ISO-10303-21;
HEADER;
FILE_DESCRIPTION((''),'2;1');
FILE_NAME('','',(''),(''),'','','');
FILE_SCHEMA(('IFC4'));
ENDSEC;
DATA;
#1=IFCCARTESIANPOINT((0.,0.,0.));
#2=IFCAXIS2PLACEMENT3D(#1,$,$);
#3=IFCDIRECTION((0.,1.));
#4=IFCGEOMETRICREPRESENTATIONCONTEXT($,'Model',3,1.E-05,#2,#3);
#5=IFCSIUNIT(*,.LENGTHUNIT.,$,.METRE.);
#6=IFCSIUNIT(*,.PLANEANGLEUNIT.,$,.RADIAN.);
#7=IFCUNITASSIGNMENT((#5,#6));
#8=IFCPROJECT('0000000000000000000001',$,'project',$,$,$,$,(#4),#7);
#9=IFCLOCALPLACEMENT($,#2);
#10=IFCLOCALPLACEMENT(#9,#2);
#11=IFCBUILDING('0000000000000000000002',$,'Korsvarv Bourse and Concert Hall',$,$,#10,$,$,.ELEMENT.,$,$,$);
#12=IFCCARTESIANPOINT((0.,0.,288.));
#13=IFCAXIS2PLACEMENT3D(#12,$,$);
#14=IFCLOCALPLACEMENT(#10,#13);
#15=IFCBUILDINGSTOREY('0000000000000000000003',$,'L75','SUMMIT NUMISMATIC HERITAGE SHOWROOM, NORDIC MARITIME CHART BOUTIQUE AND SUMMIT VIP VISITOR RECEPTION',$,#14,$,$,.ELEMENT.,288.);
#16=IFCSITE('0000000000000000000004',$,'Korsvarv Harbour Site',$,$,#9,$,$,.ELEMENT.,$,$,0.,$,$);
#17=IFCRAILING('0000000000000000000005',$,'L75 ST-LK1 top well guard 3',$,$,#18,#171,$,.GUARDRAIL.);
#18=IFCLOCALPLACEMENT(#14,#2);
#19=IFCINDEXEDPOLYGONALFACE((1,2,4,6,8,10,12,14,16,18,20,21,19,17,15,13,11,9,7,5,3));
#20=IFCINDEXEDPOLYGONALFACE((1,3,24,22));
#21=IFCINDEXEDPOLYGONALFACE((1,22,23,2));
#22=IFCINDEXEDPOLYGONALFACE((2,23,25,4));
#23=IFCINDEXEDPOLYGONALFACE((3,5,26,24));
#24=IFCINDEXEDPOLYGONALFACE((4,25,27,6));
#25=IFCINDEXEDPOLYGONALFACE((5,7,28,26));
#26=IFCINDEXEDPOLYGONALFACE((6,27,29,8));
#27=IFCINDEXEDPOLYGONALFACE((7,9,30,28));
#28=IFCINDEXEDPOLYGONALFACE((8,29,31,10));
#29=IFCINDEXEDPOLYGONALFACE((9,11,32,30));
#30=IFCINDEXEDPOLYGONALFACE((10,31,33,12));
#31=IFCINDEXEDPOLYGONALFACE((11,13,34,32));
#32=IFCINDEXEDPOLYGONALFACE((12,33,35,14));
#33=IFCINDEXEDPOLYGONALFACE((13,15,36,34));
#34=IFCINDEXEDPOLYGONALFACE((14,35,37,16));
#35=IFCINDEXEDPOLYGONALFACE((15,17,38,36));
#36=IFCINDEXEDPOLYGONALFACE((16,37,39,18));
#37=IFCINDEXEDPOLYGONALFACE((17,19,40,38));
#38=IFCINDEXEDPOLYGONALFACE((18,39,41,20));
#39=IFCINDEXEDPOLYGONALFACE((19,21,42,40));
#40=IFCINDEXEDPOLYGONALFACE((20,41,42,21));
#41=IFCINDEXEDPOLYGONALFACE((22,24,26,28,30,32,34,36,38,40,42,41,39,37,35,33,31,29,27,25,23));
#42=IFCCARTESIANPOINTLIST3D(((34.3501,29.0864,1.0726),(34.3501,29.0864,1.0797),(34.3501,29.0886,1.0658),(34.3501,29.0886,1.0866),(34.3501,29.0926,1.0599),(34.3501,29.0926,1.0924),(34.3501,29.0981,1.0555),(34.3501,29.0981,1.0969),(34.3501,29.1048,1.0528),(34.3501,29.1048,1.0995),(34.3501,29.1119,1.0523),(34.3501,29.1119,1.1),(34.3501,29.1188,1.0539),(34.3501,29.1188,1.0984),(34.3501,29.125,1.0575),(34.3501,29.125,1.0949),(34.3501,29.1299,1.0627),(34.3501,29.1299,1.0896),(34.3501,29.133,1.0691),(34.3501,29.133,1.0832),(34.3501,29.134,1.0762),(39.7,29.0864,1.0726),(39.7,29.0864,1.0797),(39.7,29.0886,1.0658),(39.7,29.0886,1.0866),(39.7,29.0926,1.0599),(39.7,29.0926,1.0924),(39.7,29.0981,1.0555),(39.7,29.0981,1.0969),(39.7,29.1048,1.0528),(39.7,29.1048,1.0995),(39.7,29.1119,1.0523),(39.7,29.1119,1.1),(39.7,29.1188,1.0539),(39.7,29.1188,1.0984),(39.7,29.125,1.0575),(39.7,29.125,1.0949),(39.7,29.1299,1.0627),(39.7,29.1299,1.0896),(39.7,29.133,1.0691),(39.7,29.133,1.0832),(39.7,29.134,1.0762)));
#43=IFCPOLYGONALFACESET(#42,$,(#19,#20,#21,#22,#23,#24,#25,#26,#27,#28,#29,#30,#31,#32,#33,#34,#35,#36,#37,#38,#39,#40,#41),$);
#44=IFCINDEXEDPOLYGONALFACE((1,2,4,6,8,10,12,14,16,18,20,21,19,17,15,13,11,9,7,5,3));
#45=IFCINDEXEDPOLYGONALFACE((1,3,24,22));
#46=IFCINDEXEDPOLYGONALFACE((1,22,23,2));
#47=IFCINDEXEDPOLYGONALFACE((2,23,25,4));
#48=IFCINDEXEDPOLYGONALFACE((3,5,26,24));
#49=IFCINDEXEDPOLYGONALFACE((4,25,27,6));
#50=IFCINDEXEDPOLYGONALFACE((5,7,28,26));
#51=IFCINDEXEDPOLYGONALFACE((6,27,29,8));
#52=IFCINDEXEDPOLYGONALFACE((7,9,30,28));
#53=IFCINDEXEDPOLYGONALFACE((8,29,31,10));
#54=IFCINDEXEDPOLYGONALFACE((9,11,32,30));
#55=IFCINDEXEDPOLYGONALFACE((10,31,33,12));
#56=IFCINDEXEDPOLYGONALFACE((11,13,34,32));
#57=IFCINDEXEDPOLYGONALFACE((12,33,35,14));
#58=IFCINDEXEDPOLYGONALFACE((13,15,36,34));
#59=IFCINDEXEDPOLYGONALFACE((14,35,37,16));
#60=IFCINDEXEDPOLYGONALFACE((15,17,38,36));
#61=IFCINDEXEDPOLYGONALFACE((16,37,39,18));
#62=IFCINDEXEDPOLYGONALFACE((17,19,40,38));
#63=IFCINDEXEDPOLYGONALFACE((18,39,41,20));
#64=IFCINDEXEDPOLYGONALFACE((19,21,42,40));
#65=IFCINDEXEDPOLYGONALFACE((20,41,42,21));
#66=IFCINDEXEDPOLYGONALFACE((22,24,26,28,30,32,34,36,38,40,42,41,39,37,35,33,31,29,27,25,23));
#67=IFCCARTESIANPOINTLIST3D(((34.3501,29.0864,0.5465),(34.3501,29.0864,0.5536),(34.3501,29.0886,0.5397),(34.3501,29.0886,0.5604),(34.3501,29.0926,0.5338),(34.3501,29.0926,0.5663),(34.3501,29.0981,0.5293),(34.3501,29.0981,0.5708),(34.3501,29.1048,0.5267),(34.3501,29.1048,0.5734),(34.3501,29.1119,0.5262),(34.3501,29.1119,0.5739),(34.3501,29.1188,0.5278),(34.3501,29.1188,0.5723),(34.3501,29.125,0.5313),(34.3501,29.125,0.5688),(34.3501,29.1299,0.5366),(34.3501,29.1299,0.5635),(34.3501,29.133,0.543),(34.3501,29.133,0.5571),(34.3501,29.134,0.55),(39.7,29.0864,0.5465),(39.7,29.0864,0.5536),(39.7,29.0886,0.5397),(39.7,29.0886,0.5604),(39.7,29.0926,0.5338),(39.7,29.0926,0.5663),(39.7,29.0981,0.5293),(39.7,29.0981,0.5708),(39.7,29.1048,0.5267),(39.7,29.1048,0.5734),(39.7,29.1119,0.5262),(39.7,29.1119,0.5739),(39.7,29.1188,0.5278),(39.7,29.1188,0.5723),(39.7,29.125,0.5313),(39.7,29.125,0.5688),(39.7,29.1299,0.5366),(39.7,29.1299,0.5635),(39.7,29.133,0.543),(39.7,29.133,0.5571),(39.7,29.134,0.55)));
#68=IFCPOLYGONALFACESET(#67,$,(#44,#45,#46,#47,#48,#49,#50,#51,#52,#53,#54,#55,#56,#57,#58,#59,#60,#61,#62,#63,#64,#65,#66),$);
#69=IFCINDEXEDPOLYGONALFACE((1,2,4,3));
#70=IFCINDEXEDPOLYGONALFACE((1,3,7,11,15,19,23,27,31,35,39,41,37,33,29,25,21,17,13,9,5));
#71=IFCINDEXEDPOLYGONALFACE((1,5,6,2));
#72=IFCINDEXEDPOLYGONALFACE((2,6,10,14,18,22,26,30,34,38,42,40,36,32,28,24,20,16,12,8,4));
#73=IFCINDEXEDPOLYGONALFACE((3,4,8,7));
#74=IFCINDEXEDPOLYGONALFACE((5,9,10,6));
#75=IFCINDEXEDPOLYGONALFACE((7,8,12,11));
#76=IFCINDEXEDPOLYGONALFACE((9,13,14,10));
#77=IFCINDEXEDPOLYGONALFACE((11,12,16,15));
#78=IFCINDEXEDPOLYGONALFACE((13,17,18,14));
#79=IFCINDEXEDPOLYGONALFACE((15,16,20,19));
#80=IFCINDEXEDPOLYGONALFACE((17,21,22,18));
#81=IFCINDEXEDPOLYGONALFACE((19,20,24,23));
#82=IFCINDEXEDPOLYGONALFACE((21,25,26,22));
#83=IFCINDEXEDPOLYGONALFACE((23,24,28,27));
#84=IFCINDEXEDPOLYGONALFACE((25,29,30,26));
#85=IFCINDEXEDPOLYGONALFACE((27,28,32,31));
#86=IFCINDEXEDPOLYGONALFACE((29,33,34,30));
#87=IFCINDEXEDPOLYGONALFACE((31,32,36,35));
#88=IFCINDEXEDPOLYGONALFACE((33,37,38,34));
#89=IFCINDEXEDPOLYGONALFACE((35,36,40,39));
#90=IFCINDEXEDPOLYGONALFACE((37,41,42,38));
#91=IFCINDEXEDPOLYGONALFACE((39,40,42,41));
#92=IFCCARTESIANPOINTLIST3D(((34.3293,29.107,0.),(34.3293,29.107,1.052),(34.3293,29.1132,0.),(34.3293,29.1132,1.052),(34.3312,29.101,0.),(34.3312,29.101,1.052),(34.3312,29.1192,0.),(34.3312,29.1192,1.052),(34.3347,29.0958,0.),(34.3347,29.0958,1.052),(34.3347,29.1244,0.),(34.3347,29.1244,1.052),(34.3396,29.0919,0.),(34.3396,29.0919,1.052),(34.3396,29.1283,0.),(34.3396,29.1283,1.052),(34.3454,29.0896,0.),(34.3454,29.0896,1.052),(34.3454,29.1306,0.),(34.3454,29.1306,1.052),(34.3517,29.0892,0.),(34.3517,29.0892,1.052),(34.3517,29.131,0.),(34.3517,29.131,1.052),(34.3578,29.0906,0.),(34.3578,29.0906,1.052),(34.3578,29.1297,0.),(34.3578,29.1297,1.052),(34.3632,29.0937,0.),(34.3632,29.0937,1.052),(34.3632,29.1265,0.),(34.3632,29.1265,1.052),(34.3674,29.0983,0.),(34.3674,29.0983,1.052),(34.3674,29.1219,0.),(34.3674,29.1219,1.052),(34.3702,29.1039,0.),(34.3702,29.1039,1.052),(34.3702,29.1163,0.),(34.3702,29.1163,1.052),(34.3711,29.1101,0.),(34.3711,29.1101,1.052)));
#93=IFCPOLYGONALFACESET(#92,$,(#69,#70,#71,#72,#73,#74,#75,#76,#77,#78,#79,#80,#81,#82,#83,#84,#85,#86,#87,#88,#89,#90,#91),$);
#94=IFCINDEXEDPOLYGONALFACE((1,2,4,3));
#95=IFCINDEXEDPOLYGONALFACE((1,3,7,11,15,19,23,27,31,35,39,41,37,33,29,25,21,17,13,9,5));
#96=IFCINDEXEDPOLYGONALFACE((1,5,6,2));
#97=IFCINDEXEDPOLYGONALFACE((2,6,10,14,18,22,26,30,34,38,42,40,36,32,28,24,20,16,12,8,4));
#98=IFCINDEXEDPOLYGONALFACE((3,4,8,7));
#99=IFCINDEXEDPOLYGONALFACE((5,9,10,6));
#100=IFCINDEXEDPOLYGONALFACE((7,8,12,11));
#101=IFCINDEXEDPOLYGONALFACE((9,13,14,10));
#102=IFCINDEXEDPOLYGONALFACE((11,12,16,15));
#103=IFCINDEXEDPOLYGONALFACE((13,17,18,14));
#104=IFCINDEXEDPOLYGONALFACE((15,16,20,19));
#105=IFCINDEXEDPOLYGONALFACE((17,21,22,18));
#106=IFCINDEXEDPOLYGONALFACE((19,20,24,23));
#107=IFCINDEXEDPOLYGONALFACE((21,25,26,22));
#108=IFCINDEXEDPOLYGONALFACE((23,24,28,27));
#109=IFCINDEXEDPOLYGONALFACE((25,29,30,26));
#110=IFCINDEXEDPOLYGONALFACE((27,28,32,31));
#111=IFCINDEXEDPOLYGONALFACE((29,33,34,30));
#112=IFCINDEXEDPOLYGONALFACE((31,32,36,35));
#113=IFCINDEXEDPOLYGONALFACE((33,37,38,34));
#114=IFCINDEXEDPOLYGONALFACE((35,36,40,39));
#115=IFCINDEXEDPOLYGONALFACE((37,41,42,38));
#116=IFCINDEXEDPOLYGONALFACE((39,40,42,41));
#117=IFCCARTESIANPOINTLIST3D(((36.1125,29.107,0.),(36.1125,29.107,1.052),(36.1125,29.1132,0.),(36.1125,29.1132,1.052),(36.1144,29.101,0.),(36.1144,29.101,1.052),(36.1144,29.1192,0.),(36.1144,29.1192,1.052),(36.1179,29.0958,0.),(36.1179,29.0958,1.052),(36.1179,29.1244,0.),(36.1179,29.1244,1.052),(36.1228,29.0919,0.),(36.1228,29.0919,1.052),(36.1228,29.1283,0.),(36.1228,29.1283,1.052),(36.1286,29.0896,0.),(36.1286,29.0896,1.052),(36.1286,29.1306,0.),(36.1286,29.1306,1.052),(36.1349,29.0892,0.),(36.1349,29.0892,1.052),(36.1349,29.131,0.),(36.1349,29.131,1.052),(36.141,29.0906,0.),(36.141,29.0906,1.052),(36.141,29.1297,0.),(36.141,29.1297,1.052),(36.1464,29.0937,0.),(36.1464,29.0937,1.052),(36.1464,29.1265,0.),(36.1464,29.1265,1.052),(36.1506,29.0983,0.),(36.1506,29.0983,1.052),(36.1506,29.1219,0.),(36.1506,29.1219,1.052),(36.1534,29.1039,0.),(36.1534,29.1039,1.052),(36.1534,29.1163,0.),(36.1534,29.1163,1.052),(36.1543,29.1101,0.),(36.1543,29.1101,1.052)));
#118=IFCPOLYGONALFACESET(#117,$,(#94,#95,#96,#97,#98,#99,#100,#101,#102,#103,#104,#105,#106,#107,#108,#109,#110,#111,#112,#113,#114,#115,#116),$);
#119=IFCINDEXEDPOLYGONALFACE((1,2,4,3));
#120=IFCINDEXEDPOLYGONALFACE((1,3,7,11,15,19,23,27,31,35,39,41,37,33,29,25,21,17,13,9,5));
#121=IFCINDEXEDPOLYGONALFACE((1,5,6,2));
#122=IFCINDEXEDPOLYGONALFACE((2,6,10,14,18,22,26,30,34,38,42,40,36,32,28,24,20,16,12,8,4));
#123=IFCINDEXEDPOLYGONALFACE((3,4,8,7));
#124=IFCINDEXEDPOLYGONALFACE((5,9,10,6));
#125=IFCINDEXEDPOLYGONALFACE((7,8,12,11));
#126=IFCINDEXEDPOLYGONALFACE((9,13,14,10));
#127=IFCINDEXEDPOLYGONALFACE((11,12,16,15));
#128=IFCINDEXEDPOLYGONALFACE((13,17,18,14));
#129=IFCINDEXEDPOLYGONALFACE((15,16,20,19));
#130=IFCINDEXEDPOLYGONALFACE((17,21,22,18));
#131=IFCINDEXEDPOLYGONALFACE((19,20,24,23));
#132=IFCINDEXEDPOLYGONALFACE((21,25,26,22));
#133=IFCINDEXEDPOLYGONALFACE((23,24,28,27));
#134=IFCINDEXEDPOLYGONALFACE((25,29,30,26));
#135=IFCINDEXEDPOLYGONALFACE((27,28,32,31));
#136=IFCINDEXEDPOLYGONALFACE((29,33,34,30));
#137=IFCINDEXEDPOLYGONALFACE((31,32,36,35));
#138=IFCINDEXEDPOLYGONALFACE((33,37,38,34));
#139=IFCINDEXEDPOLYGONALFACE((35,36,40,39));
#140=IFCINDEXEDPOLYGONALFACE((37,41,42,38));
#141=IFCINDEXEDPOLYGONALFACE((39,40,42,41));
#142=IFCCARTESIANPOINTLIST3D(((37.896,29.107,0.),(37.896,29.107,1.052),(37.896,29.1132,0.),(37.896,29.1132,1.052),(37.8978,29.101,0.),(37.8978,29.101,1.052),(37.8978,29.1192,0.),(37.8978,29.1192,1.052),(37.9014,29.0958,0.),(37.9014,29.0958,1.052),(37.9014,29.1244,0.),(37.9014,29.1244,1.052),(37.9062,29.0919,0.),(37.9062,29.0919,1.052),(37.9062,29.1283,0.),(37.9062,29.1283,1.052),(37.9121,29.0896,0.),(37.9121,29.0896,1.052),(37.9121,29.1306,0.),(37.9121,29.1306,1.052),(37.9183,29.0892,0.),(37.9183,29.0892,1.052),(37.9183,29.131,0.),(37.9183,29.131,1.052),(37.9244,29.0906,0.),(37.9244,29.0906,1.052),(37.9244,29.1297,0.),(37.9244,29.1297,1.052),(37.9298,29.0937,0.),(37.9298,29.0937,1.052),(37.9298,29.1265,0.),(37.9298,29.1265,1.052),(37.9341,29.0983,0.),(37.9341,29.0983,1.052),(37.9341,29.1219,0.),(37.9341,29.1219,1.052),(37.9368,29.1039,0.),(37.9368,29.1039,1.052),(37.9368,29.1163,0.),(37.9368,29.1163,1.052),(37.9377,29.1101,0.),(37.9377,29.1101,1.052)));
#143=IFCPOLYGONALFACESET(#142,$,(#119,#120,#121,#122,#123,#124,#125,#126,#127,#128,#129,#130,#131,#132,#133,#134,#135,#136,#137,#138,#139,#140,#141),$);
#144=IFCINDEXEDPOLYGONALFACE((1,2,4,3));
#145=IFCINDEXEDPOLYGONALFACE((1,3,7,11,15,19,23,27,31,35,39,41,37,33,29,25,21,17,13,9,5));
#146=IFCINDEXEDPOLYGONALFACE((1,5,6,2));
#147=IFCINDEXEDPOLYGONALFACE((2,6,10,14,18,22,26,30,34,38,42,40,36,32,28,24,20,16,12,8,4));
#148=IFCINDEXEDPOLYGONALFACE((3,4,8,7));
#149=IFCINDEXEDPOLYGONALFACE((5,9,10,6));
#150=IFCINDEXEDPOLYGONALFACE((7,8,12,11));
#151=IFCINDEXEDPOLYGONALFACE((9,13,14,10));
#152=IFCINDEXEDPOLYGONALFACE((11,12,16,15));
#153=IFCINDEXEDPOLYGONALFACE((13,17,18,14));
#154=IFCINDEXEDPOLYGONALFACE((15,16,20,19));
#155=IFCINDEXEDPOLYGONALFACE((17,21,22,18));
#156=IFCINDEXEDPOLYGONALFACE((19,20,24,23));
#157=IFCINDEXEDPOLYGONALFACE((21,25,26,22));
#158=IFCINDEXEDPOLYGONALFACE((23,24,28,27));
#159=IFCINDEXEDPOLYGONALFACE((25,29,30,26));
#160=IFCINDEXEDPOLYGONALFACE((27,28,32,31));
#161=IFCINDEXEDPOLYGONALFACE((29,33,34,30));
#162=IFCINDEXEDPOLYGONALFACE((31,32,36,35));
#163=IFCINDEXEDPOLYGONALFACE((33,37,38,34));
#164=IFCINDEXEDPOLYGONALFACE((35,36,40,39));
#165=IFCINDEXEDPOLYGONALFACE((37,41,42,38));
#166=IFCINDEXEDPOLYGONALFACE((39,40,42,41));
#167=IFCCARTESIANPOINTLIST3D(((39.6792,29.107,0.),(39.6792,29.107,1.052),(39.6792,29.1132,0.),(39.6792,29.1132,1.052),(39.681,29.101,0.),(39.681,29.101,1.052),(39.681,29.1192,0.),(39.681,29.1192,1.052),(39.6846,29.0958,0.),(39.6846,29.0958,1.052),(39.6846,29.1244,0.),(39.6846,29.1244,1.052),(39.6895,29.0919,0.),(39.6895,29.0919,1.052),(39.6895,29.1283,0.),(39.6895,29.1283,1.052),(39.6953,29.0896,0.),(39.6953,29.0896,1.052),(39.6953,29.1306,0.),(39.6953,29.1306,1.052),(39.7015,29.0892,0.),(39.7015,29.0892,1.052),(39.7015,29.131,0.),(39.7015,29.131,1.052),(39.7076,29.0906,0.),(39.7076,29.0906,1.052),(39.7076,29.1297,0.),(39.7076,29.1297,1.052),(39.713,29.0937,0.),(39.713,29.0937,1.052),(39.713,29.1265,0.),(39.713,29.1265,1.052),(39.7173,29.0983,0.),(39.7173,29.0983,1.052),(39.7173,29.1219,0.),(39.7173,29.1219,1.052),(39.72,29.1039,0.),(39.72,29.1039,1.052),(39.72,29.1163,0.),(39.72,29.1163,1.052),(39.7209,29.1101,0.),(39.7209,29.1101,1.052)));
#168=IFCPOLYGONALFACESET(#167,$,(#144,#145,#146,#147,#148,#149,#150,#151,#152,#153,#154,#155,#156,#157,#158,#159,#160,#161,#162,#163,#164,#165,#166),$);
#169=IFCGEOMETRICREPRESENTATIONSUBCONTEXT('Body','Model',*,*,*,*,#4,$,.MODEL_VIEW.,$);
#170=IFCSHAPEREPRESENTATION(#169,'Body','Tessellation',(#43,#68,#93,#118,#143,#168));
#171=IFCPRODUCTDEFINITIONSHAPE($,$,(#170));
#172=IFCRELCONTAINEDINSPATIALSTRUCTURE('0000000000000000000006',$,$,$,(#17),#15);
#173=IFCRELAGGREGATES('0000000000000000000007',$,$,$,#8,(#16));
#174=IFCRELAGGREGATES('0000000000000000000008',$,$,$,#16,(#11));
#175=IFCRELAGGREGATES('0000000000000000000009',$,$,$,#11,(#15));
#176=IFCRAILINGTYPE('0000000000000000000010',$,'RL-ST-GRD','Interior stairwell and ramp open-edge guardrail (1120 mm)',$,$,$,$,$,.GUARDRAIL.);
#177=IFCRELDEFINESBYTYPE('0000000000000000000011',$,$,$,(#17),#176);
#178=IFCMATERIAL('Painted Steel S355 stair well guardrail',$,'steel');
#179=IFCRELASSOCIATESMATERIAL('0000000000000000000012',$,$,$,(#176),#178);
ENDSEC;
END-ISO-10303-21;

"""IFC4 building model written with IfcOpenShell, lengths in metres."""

from ifc_helpers import new_model, si_unit, direction, frame, origin, origin_2d, place, context, subcontext, project, spatial, circle, extrude, material, type_object, element, save


model = new_model("IFC4")

# Units and contexts
model_context = context("Model", 3, precision=1e-05, world=origin(), true_north=direction((0.0, 1.0)))
body_context = subcontext(model_context, "Body", "Model", "MODEL_VIEW")
ifc_project = project(units=[si_unit("LENGTHUNIT", "METRE"), si_unit("PLANEANGLEUNIT", "RADIAN")], contexts=[model_context])

# Site, building, storey
site_placement = place(None, origin())
site = spatial("IfcSite", under=ifc_project, at=site_placement, Name="Korsvarv Harbour Site", CompositionType="ELEMENT", RefElevation=0.0)
building_placement = place(site_placement, origin())
building = spatial("IfcBuilding", under=site, at=building_placement, Name="Korsvarv Bourse and Concert Hall", CompositionType="ELEMENT")
storey_placement = place(building_placement, frame((0.0, 0.0, 288.0)))
storey = spatial("IfcBuildingStorey", under=building, at=storey_placement, Name="L75", Description="SUMMIT NUMISMATIC HERITAGE SHOWROOM, NORDIC MARITIME CHART BOUTIQUE AND SUMMIT VIP VISITOR RECEPTION", CompositionType="ELEMENT", Elevation=288.0)

# Railing
ifc_material_1 = material(Name="Painted Steel S355 stair well guardrail", Category="steel")
railing_type = type_object("IfcRailingType", Name="RL-ST-GRD", Description="Interior stairwell and ramp open-edge guardrail (1120 mm)", PredefinedType="GUARDRAIL", material=ifc_material_1)
for number, where, name in (
    (1, (34.3501, 29.1101, 0.0), "L75 ST-LK1 top well guard 3"),
):
    element("IfcRailing", number, at=place(storey_placement, frame(where)), inside=storey, type_object=railing_type, Name=name, PredefinedType="GUARDRAIL", context=body_context, shape_type="SweptSolid", body=[
        extrude(circle(Radius=0.0239, at=origin_2d()), frame((0.0, 0.0, 1.0762), z_axis=(1.0, 0.0, 0.0), x_axis=(0.0, 1.0, 0.0)), (0.0, 0.0, 1.0), 5.3499),
        extrude(circle(Radius=0.0239, at=origin_2d()), frame((0.0, 0.0, 0.55), z_axis=(1.0, 0.0, 0.0), x_axis=(0.0, 1.0, 0.0)), (0.0, 0.0, 1.0), 5.3499),
        extrude(circle(Radius=0.021, at=origin_2d()), origin(), (0.0, 0.0, 1.0), 1.052),
        extrude(circle(Radius=0.021, at=origin_2d()), frame((1.7832, 0.0, 0.0)), (0.0, 0.0, 1.0), 1.052),
        extrude(circle(Radius=0.021, at=origin_2d()), frame((3.5667, 0.0, 0.0)), (0.0, 0.0, 1.0), 1.052),
        extrude(circle(Radius=0.021, at=origin_2d()), frame((5.3499, 0.0, 0.0)), (0.0, 0.0, 1.0), 1.052),
    ])

save(model, "model.ifc")
